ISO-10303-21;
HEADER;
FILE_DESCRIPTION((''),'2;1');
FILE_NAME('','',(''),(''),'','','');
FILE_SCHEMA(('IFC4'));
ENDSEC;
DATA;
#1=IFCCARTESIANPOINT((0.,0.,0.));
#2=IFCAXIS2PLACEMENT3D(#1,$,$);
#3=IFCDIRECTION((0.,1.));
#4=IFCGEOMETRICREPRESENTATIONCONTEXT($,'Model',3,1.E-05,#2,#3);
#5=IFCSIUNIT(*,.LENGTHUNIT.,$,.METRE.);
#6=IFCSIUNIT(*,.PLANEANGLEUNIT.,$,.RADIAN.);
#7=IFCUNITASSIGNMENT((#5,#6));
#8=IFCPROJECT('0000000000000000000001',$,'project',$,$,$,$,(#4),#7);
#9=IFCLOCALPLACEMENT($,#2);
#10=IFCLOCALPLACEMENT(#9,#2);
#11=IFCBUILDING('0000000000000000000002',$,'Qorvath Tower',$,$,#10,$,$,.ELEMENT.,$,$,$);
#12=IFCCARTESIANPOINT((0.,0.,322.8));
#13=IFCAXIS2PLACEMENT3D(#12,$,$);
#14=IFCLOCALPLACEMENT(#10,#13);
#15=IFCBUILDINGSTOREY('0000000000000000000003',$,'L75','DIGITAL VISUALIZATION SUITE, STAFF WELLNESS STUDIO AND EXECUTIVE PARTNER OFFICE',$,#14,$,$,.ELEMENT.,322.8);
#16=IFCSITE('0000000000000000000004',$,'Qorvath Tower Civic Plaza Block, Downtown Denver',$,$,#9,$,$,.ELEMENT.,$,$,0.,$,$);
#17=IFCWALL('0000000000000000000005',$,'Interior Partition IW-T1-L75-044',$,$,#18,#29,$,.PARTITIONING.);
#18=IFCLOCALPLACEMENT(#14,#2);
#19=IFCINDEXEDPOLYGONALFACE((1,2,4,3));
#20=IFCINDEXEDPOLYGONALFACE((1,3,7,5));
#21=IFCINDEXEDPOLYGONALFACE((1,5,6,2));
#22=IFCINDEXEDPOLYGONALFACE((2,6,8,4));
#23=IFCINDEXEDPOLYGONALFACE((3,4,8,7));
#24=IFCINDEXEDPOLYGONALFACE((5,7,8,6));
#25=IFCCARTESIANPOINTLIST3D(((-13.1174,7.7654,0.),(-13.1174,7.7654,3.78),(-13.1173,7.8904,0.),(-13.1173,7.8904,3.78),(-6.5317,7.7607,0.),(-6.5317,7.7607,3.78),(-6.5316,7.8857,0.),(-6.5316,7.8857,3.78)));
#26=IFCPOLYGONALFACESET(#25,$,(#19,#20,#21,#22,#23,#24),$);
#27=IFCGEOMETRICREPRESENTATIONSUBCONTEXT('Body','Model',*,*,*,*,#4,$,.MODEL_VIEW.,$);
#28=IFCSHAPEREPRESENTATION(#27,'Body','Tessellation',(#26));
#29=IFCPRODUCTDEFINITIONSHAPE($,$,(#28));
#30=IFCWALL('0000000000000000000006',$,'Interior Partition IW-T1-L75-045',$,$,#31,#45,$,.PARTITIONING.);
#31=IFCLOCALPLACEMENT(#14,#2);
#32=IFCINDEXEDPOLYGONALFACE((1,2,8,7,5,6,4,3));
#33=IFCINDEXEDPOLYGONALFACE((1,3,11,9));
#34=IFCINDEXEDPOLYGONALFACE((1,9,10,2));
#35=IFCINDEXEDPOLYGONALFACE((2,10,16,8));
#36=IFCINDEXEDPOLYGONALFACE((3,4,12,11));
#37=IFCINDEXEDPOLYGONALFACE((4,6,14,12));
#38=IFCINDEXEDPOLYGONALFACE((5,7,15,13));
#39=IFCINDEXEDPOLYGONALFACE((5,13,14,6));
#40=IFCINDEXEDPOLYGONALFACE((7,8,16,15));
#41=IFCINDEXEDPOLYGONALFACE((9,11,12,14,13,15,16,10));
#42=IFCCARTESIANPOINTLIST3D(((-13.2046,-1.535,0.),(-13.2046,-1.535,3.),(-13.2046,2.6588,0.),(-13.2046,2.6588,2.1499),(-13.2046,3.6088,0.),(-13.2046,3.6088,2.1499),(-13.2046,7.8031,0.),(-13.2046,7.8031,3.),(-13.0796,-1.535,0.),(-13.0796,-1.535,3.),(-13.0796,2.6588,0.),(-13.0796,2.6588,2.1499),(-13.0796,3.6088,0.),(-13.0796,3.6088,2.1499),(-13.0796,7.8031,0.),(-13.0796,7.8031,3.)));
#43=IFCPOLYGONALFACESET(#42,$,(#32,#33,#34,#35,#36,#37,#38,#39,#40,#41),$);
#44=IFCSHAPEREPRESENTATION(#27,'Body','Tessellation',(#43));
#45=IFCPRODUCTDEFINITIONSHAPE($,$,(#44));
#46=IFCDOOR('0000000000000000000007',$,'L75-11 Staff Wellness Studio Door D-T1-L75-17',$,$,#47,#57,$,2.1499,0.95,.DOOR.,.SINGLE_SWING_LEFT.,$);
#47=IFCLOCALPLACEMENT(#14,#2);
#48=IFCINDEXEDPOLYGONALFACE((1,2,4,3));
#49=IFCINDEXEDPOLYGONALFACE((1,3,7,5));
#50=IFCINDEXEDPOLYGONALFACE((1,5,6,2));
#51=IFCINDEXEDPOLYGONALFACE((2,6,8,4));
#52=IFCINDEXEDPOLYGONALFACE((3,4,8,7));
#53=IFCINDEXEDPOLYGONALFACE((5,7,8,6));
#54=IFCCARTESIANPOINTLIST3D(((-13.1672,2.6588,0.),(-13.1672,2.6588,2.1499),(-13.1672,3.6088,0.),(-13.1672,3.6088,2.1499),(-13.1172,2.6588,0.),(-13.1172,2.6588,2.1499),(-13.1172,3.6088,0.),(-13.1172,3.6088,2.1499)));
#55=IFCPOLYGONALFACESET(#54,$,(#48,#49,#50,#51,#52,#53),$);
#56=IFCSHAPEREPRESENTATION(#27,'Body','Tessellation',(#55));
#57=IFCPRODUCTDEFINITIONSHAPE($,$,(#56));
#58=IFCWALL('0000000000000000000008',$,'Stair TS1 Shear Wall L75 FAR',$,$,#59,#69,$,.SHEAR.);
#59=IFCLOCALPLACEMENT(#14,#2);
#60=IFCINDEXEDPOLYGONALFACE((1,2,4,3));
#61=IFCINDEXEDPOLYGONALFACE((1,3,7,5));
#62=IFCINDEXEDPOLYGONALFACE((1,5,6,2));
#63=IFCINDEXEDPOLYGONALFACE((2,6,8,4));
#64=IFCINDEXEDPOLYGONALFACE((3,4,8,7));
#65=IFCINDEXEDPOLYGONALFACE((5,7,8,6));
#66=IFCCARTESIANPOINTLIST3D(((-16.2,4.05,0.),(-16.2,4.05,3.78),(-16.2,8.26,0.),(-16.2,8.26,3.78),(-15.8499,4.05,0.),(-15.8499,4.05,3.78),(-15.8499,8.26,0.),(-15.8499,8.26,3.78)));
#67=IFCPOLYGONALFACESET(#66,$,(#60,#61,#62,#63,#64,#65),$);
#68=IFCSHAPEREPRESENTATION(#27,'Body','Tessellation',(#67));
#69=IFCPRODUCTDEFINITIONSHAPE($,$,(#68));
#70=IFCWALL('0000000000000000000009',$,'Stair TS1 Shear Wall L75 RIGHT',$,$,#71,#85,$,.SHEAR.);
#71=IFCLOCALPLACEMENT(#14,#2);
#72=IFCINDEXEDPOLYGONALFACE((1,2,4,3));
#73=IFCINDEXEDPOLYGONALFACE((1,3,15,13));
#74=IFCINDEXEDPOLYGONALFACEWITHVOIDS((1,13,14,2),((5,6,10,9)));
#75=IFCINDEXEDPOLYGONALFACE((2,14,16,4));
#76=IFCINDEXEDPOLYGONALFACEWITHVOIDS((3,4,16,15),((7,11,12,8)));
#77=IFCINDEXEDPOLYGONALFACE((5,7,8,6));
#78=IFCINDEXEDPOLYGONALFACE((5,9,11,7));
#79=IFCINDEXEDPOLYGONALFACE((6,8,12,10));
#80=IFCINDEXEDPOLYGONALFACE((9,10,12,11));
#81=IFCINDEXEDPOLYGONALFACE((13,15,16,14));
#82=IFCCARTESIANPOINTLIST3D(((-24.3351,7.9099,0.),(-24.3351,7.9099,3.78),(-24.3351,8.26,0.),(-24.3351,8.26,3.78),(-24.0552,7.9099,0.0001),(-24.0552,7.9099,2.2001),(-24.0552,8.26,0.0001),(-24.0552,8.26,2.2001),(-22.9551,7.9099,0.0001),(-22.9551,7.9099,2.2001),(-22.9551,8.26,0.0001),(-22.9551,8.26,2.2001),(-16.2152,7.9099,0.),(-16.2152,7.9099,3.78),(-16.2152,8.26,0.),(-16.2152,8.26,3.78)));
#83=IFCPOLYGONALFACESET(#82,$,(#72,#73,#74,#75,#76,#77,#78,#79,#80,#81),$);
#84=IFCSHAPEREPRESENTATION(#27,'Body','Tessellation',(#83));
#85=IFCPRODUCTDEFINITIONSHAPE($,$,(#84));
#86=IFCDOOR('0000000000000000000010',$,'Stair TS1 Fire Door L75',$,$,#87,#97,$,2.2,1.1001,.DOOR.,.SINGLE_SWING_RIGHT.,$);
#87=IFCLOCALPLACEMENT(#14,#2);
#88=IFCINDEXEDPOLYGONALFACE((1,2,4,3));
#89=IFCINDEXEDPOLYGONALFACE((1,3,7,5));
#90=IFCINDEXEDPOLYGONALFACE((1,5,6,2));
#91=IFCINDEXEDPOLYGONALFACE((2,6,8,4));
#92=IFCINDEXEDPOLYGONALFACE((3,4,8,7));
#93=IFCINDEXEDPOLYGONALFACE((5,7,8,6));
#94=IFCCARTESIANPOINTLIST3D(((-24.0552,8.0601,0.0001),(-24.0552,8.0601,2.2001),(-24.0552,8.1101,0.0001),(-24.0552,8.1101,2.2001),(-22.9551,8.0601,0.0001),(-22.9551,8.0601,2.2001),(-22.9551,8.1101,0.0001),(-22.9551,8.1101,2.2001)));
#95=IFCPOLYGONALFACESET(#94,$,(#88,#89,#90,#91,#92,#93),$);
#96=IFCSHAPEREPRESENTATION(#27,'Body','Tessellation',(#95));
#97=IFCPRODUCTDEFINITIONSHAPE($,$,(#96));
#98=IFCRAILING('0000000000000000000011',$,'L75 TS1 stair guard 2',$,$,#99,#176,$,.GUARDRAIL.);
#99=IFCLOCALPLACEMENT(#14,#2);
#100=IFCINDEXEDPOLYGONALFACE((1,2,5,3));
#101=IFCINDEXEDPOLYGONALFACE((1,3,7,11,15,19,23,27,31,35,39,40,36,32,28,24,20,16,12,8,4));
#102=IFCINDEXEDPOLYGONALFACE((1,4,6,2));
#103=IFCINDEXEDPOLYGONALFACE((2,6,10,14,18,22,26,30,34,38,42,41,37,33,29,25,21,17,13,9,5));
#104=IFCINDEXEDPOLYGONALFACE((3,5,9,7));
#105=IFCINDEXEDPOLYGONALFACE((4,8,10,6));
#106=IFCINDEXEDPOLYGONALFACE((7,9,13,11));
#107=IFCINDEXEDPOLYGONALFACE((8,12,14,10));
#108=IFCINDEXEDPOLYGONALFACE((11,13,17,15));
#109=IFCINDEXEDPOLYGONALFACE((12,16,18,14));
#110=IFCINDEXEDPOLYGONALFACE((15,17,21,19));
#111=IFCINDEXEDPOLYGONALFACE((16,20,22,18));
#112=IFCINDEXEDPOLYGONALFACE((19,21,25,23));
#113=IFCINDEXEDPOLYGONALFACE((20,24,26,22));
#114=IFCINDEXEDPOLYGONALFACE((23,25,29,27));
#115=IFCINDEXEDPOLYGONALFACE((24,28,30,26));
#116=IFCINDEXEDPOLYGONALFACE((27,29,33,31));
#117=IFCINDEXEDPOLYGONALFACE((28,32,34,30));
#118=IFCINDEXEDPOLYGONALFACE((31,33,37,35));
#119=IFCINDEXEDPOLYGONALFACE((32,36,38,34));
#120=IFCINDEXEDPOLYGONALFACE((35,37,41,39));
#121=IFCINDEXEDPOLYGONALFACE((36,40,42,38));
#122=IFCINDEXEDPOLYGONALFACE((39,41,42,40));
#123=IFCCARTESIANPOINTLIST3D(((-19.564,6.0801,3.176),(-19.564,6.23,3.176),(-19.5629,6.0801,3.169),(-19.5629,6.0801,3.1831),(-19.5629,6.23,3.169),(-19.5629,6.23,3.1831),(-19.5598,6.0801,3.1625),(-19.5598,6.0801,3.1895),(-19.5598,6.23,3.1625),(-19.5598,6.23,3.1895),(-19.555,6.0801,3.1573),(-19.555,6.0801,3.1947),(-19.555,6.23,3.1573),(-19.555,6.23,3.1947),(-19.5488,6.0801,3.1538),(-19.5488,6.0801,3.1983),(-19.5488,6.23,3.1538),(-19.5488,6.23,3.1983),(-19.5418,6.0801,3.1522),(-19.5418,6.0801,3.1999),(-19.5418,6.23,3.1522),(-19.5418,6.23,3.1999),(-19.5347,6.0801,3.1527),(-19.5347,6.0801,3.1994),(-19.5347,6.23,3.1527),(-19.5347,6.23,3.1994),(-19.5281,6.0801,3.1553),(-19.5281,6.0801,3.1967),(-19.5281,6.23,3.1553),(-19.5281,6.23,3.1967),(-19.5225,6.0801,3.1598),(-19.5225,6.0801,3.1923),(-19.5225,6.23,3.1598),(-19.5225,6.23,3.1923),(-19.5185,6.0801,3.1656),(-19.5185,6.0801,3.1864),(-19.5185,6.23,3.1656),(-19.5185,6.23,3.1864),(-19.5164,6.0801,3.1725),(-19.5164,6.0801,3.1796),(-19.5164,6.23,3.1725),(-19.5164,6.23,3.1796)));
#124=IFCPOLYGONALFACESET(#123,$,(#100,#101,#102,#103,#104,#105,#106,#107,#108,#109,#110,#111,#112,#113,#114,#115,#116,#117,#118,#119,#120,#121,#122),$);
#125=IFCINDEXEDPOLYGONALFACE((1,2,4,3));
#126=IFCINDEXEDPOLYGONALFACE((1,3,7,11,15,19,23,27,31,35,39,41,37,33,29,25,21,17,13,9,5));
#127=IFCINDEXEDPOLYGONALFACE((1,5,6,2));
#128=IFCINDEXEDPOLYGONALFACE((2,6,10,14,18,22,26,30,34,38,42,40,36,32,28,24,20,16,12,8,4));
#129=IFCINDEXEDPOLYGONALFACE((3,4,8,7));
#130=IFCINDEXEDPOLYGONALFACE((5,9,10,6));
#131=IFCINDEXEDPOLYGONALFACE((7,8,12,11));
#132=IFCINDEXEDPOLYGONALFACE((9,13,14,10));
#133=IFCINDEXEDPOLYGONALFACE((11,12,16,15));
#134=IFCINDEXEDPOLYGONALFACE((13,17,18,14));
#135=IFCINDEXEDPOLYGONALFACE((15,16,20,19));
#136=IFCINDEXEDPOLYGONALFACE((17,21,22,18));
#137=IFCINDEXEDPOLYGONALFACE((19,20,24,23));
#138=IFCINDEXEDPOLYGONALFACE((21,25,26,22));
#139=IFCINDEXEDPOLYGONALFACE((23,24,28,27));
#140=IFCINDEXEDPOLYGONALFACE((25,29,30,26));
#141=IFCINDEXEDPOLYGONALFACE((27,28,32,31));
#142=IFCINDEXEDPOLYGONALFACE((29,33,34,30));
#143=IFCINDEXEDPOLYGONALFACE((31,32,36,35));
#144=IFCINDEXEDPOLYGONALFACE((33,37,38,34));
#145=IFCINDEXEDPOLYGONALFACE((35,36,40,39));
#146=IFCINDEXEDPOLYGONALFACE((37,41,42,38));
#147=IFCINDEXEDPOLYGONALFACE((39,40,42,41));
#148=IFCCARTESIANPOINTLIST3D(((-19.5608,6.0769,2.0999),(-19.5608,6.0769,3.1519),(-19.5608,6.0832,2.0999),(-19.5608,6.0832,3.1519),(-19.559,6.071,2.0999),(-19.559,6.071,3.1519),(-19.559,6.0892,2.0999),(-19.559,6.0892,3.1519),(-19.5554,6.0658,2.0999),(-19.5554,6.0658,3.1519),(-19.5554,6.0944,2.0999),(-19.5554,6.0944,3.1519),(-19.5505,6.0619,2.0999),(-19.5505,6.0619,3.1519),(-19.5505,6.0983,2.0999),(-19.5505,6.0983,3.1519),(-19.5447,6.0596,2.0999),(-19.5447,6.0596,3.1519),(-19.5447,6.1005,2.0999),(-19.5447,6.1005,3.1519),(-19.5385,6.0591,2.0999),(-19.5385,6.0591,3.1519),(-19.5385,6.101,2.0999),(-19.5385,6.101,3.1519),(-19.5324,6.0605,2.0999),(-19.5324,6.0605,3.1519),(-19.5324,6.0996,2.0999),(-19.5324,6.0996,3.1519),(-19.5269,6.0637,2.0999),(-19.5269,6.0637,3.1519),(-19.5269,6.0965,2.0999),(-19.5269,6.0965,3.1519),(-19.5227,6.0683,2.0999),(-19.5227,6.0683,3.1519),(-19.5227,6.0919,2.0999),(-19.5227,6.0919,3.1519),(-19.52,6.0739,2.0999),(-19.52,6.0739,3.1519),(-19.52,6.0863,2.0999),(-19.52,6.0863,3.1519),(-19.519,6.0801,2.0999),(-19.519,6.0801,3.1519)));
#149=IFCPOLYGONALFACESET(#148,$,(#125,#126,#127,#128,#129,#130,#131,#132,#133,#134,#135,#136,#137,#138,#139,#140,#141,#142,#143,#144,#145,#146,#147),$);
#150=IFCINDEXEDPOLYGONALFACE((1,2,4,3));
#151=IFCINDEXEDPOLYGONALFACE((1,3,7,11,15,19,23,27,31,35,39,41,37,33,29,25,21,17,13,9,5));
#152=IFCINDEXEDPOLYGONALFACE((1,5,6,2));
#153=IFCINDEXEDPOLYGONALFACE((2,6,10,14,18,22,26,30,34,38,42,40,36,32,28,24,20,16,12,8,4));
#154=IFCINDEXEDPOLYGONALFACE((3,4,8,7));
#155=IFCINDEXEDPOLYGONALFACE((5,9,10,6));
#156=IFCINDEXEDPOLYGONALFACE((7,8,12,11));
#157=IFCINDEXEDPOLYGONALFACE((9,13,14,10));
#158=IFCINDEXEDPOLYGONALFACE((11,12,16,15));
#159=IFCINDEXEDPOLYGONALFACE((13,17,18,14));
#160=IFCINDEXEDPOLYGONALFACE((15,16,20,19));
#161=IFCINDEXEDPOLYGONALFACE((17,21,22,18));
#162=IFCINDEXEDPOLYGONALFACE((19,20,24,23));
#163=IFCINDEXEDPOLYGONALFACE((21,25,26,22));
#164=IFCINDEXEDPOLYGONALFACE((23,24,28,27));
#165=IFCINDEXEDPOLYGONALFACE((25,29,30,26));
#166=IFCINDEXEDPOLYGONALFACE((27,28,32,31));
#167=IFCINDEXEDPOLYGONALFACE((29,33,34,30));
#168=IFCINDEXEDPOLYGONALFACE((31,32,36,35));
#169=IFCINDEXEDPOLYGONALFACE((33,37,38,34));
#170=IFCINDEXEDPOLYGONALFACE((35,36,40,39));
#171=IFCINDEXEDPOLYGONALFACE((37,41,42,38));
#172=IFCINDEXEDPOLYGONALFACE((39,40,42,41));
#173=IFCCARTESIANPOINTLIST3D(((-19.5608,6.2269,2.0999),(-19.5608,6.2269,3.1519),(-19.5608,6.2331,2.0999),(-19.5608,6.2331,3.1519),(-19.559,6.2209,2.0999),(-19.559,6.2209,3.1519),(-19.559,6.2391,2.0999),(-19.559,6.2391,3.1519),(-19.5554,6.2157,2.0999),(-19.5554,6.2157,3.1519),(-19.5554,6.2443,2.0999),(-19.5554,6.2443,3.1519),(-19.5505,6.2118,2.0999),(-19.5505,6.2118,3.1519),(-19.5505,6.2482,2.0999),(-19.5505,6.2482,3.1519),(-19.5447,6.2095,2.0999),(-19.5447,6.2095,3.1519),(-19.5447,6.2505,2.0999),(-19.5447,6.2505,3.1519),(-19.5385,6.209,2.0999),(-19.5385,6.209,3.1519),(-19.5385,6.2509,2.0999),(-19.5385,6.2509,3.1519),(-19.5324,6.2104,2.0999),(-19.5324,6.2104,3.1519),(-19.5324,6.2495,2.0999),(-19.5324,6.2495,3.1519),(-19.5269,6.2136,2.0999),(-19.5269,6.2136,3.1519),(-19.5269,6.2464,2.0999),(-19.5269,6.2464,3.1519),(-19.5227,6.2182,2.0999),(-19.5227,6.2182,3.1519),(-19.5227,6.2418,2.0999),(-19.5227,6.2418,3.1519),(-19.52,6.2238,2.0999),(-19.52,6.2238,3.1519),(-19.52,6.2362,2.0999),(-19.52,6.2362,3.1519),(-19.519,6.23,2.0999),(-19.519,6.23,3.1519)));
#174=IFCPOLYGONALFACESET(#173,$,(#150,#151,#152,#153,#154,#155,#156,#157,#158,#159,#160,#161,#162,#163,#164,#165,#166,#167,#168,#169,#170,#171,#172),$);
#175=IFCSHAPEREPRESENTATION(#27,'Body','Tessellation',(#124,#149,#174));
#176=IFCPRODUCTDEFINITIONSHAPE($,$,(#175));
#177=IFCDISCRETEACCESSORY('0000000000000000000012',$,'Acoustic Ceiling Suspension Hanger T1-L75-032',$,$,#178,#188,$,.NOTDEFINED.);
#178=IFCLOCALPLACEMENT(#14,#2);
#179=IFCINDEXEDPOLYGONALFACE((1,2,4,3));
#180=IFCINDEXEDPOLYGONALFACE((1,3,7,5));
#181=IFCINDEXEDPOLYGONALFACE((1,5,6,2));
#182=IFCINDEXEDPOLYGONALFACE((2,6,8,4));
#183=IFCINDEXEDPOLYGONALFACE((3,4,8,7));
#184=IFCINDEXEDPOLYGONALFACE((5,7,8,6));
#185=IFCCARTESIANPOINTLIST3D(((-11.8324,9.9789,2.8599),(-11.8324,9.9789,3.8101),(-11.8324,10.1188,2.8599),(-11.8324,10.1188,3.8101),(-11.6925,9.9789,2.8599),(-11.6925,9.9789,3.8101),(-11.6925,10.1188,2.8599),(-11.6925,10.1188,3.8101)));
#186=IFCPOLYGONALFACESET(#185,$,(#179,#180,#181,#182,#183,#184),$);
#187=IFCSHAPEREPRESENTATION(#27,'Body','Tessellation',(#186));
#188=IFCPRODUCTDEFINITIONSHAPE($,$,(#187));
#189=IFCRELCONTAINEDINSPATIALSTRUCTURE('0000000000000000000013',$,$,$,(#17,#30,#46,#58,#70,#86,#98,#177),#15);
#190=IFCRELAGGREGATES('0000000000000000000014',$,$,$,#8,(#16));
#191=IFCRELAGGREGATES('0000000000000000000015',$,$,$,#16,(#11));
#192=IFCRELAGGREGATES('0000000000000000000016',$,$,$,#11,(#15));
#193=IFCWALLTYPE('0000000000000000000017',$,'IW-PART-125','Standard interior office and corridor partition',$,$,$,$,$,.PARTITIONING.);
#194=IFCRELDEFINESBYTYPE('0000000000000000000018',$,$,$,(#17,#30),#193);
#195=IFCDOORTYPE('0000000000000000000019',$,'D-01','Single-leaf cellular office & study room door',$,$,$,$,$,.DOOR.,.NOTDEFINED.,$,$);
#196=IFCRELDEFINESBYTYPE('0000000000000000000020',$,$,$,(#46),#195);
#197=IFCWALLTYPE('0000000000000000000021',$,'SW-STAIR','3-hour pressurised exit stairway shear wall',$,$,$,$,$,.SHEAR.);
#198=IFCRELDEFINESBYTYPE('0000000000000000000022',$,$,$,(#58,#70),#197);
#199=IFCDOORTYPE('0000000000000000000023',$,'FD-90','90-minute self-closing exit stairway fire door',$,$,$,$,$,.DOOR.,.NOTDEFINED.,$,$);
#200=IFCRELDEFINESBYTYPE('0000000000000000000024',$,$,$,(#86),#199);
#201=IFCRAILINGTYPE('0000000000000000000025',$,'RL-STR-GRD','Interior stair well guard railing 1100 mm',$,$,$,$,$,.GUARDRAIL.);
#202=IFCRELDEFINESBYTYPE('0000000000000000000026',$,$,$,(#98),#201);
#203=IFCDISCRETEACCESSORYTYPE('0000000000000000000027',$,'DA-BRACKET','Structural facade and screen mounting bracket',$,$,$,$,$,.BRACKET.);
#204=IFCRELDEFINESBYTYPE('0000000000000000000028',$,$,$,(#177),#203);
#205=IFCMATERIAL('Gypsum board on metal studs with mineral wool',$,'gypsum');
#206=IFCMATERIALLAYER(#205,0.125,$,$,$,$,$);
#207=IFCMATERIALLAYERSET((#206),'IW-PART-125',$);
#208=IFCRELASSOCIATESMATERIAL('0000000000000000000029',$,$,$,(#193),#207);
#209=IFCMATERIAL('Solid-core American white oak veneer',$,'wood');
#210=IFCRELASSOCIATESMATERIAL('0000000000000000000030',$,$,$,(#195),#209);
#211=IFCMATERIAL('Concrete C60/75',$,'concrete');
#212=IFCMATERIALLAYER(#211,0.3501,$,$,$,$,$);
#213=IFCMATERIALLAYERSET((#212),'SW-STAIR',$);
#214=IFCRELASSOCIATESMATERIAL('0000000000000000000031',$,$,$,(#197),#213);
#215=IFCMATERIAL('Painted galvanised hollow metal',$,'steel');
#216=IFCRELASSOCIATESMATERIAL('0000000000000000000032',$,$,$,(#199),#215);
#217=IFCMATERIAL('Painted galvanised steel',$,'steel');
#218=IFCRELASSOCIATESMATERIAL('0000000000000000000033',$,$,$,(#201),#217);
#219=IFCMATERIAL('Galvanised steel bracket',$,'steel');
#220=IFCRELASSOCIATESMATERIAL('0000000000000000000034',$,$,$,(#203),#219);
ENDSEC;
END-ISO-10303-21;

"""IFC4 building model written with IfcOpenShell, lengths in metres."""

from ifc_helpers import new_model, si_unit, direction, frame, frame_2d, origin, origin_2d, place, context, subcontext, project, spatial, rectangle, circle, extrude, material, layer, layer_set, type_object, element, fill, save


model = new_model("IFC4")

# Units and contexts
model_context = context("Model", 3, precision=1e-05, world=origin(), true_north=direction((0.0, 1.0)))
body_context = subcontext(model_context, "Body", "Model", "MODEL_VIEW")
ifc_project = project(units=[si_unit("LENGTHUNIT", "METRE"), si_unit("PLANEANGLEUNIT", "RADIAN")], contexts=[model_context])

# Site, building, storey
site_placement = place(None, origin())
site = spatial("IfcSite", under=ifc_project, at=site_placement, Name="Qorvath Tower Civic Plaza Block, Downtown Denver", CompositionType="ELEMENT", RefElevation=0.0)
building_placement = place(site_placement, origin())
building = spatial("IfcBuilding", under=site, at=building_placement, Name="Qorvath Tower", CompositionType="ELEMENT")
storey_placement = place(building_placement, frame((0.0, 0.0, 322.8)))
storey = spatial("IfcBuildingStorey", under=building, at=storey_placement, Name="L75", Description="DIGITAL VISUALIZATION SUITE, STAFF WELLNESS STUDIO AND EXECUTIVE PARTNER OFFICE", CompositionType="ELEMENT", Elevation=322.8)

# Wall
ifc_material_1 = material(Name="Gypsum board on metal studs with mineral wool", Category="gypsum")
ifc_layer_1 = layer(ifc_material_1, 0.125)
ifc_layer_set_1 = layer_set([ifc_layer_1], Name="IW-PART-125")
wall_type_1 = type_object("IfcWallType", Name="IW-PART-125", Description="Standard interior office and corridor partition", PredefinedType="PARTITIONING", material=ifc_layer_set_1)
wall_1_placement = place(storey_placement, frame((-6.5315, 7.8232, 0.0), z_axis=(0.0, 0.0, 1.0), x_axis=(-1.0, 0.000704, 0.0)))
element("IfcWall", 1, at=wall_1_placement, inside=storey, type_object=wall_type_1, Name="Interior Partition IW-T1-L75-044", PredefinedType="PARTITIONING", context=body_context, shape_type="SweptSolid", body=[
    extrude(rectangle(XDim=6.5857, YDim=0.125, at=frame_2d((3.293, 0.0))), origin(), (0.0, 0.0, 1.0), 3.78),
])

# Wall, opening, door
wall_2_placement = place(storey_placement, frame((-13.1421, 7.803, 0.0), z_axis=(0.0, 0.0, 1.0), x_axis=(0.0, -1.0, 0.0)))
wall_2 = element("IfcWall", 2, at=wall_2_placement, inside=storey, type_object=wall_type_1, Name="Interior Partition IW-T1-L75-045", PredefinedType="PARTITIONING", context=body_context, shape_type="SweptSolid", body=[
    extrude(rectangle(XDim=9.3381, YDim=0.125, at=frame_2d((4.6689, 0.0))), origin(), (0.0, 0.0, 1.0), 3.0),
])
opening_1_placement = place(wall_2_placement, frame((4.1941, 0.0, 0.0)))
opening_1 = element("IfcOpeningElement", 3, at=opening_1_placement, cuts=wall_2, PredefinedType="OPENING", context=body_context, shape_type="SweptSolid", body=[
    extrude(rectangle(XDim=0.95, YDim=2.1499, at=frame_2d((0.4751, 1.075))), frame((0.0, 0.0725, 0.0), z_axis=(0.0, -1.0, 0.0), x_axis=(1.0, 0.0, 0.0)), (0.0, 0.0, 1.0), 0.145),
])
ifc_material_2 = material(Name="Solid-core American white oak veneer", Category="wood")
door_type_1 = type_object("IfcDoorType", Name="D-01", Description="Single-leaf cellular office & study room door", OperationType="NOTDEFINED", PredefinedType="DOOR", material=ifc_material_2)
door_1_placement = place(opening_1_placement, origin())
door_1 = element("IfcDoor", 4, at=door_1_placement, inside=storey, type_object=door_type_1, Name="L75-11 Staff Wellness Studio Door D-T1-L75-17", OperationType="SINGLE_SWING_LEFT", OverallHeight=2.1499, OverallWidth=0.95, PredefinedType="DOOR", context=body_context, shape_type="SweptSolid", body=[
    extrude(rectangle(XDim=0.95, YDim=2.1499, at=frame_2d((0.4751, 1.075))), frame((0.0, 0.0249, 0.0), z_axis=(0.0, -1.0, 0.0), x_axis=(1.0, 0.0, 0.0)), (0.0, 0.0, 1.0), 0.05),
])
fill(opening_1, door_1)

# Wall
ifc_material_3 = material(Name="Concrete C60/75", Category="concrete")
ifc_layer_2 = layer(ifc_material_3, 0.3501)
ifc_layer_set_2 = layer_set([ifc_layer_2], Name="SW-STAIR")
wall_type_2 = type_object("IfcWallType", Name="SW-STAIR", Description="3-hour pressurised exit stairway shear wall", PredefinedType="SHEAR", material=ifc_layer_set_2)
wall_3_placement = place(storey_placement, frame((-16.0249, 4.05, 0.0), z_axis=(0.0, 0.0, 1.0), x_axis=(0.0, 1.0, 0.0)))
element("IfcWall", 5, at=wall_3_placement, inside=storey, type_object=wall_type_2, Name="Stair TS1 Shear Wall L75 FAR", PredefinedType="SHEAR", context=body_context, shape_type="SweptSolid", body=[
    extrude(rectangle(XDim=4.21, YDim=0.3501, at=frame_2d((2.105, 0.0))), origin(), (0.0, 0.0, 1.0), 3.78),
])

# Wall, opening, door
wall_4_placement = place(storey_placement, frame((-16.2151, 8.085, 0.0), z_axis=(0.0, 0.0, 1.0), x_axis=(-1.0, 0.0, 0.0)))
wall_4 = element("IfcWall", 6, at=wall_4_placement, inside=storey, type_object=wall_type_2, Name="Stair TS1 Shear Wall L75 RIGHT", PredefinedType="SHEAR", context=body_context, shape_type="SweptSolid", body=[
    extrude(rectangle(XDim=8.1199, YDim=0.3501, at=frame_2d((4.0601, 0.0))), origin(), (0.0, 0.0, 1.0), 3.78),
])
opening_2_placement = place(wall_4_placement, frame((6.74, 0.0, 0.0)))
opening_2 = element("IfcOpeningElement", 7, at=opening_2_placement, cuts=wall_4, PredefinedType="OPENING", context=body_context, shape_type="SweptSolid", body=[
    extrude(rectangle(XDim=1.1001, YDim=2.2, at=frame_2d((0.55, 1.1001))), frame((0.0, 0.1851, 0.0), z_axis=(0.0, -1.0, 0.0), x_axis=(1.0, 0.0, 0.0)), (0.0, 0.0, 1.0), 0.3701),
])
ifc_material_4 = material(Name="Painted galvanised hollow metal", Category="steel")
door_type_2 = type_object("IfcDoorType", Name="FD-90", Description="90-minute self-closing exit stairway fire door", OperationType="NOTDEFINED", PredefinedType="DOOR", material=ifc_material_4)
door_2_placement = place(opening_2_placement, origin())
door_2 = element("IfcDoor", 8, at=door_2_placement, inside=storey, type_object=door_type_2, Name="Stair TS1 Fire Door L75", OperationType="SINGLE_SWING_RIGHT", OverallHeight=2.2, OverallWidth=1.1001, PredefinedType="DOOR", context=body_context, shape_type="SweptSolid", body=[
    extrude(rectangle(XDim=1.1001, YDim=2.2, at=frame_2d((0.55, 1.1001))), frame((0.0, 0.0249, 0.0), z_axis=(0.0, -1.0, 0.0), x_axis=(1.0, 0.0, 0.0)), (0.0, 0.0, 1.0), 0.05),
])
fill(opening_2, door_2)

# Railing
ifc_material_5 = material(Name="Painted galvanised steel", Category="steel")
railing_type = type_object("IfcRailingType", Name="RL-STR-GRD", Description="Interior stair well guard railing 1100 mm", PredefinedType="GUARDRAIL", material=ifc_material_5)
railing_placement = place(storey_placement, frame((-19.54, 6.0801, 2.0999)))
element("IfcRailing", 9, at=railing_placement, inside=storey, type_object=railing_type, Name="L75 TS1 stair guard 2", PredefinedType="GUARDRAIL", context=body_context, shape_type="SweptSolid", body=[
    extrude(circle(Radius=0.0239, at=origin_2d()), frame((0.0, 0.0, 1.0762), z_axis=(0.0, 1.0, 0.0), x_axis=(-1.0, 0.0, 0.0)), (0.0, 0.0, 1.0), 0.1499),
    extrude(circle(Radius=0.021, at=origin_2d()), origin(), (0.0, 0.0, 1.0), 1.052),
    extrude(circle(Radius=0.021, at=origin_2d()), frame((0.0, 0.1499, 0.0)), (0.0, 0.0, 1.0), 1.052),
])

# Discrete accessory
ifc_material_6 = material(Name="Galvanised steel bracket", Category="steel")
discrete_accessory_type = type_object("IfcDiscreteAccessoryType", Name="DA-BRACKET", Description="Structural facade and screen mounting bracket", PredefinedType="BRACKET", material=ifc_material_6)
for number, where, z_axis, x_axis, name in (
    (10, (-11.7625, 10.0488, 2.8599), (0.0, 0.0, 1.0), (1.0, 0.0, 0.0), "Acoustic Ceiling Suspension Hanger T1-L75-032"),
):
    element("IfcDiscreteAccessory", number, at=place(storey_placement, frame(where, z_axis=z_axis, x_axis=x_axis)), inside=storey, type_object=discrete_accessory_type, Name=name, PredefinedType="NOTDEFINED", context=body_context, shape_type="SweptSolid", body=[
        extrude(rectangle(XDim=0.1399, YDim=0.1399, at=origin_2d()), origin(), (0.0, 0.0, 1.0), 0.9502),
    ])

save(model, "model.ifc")
